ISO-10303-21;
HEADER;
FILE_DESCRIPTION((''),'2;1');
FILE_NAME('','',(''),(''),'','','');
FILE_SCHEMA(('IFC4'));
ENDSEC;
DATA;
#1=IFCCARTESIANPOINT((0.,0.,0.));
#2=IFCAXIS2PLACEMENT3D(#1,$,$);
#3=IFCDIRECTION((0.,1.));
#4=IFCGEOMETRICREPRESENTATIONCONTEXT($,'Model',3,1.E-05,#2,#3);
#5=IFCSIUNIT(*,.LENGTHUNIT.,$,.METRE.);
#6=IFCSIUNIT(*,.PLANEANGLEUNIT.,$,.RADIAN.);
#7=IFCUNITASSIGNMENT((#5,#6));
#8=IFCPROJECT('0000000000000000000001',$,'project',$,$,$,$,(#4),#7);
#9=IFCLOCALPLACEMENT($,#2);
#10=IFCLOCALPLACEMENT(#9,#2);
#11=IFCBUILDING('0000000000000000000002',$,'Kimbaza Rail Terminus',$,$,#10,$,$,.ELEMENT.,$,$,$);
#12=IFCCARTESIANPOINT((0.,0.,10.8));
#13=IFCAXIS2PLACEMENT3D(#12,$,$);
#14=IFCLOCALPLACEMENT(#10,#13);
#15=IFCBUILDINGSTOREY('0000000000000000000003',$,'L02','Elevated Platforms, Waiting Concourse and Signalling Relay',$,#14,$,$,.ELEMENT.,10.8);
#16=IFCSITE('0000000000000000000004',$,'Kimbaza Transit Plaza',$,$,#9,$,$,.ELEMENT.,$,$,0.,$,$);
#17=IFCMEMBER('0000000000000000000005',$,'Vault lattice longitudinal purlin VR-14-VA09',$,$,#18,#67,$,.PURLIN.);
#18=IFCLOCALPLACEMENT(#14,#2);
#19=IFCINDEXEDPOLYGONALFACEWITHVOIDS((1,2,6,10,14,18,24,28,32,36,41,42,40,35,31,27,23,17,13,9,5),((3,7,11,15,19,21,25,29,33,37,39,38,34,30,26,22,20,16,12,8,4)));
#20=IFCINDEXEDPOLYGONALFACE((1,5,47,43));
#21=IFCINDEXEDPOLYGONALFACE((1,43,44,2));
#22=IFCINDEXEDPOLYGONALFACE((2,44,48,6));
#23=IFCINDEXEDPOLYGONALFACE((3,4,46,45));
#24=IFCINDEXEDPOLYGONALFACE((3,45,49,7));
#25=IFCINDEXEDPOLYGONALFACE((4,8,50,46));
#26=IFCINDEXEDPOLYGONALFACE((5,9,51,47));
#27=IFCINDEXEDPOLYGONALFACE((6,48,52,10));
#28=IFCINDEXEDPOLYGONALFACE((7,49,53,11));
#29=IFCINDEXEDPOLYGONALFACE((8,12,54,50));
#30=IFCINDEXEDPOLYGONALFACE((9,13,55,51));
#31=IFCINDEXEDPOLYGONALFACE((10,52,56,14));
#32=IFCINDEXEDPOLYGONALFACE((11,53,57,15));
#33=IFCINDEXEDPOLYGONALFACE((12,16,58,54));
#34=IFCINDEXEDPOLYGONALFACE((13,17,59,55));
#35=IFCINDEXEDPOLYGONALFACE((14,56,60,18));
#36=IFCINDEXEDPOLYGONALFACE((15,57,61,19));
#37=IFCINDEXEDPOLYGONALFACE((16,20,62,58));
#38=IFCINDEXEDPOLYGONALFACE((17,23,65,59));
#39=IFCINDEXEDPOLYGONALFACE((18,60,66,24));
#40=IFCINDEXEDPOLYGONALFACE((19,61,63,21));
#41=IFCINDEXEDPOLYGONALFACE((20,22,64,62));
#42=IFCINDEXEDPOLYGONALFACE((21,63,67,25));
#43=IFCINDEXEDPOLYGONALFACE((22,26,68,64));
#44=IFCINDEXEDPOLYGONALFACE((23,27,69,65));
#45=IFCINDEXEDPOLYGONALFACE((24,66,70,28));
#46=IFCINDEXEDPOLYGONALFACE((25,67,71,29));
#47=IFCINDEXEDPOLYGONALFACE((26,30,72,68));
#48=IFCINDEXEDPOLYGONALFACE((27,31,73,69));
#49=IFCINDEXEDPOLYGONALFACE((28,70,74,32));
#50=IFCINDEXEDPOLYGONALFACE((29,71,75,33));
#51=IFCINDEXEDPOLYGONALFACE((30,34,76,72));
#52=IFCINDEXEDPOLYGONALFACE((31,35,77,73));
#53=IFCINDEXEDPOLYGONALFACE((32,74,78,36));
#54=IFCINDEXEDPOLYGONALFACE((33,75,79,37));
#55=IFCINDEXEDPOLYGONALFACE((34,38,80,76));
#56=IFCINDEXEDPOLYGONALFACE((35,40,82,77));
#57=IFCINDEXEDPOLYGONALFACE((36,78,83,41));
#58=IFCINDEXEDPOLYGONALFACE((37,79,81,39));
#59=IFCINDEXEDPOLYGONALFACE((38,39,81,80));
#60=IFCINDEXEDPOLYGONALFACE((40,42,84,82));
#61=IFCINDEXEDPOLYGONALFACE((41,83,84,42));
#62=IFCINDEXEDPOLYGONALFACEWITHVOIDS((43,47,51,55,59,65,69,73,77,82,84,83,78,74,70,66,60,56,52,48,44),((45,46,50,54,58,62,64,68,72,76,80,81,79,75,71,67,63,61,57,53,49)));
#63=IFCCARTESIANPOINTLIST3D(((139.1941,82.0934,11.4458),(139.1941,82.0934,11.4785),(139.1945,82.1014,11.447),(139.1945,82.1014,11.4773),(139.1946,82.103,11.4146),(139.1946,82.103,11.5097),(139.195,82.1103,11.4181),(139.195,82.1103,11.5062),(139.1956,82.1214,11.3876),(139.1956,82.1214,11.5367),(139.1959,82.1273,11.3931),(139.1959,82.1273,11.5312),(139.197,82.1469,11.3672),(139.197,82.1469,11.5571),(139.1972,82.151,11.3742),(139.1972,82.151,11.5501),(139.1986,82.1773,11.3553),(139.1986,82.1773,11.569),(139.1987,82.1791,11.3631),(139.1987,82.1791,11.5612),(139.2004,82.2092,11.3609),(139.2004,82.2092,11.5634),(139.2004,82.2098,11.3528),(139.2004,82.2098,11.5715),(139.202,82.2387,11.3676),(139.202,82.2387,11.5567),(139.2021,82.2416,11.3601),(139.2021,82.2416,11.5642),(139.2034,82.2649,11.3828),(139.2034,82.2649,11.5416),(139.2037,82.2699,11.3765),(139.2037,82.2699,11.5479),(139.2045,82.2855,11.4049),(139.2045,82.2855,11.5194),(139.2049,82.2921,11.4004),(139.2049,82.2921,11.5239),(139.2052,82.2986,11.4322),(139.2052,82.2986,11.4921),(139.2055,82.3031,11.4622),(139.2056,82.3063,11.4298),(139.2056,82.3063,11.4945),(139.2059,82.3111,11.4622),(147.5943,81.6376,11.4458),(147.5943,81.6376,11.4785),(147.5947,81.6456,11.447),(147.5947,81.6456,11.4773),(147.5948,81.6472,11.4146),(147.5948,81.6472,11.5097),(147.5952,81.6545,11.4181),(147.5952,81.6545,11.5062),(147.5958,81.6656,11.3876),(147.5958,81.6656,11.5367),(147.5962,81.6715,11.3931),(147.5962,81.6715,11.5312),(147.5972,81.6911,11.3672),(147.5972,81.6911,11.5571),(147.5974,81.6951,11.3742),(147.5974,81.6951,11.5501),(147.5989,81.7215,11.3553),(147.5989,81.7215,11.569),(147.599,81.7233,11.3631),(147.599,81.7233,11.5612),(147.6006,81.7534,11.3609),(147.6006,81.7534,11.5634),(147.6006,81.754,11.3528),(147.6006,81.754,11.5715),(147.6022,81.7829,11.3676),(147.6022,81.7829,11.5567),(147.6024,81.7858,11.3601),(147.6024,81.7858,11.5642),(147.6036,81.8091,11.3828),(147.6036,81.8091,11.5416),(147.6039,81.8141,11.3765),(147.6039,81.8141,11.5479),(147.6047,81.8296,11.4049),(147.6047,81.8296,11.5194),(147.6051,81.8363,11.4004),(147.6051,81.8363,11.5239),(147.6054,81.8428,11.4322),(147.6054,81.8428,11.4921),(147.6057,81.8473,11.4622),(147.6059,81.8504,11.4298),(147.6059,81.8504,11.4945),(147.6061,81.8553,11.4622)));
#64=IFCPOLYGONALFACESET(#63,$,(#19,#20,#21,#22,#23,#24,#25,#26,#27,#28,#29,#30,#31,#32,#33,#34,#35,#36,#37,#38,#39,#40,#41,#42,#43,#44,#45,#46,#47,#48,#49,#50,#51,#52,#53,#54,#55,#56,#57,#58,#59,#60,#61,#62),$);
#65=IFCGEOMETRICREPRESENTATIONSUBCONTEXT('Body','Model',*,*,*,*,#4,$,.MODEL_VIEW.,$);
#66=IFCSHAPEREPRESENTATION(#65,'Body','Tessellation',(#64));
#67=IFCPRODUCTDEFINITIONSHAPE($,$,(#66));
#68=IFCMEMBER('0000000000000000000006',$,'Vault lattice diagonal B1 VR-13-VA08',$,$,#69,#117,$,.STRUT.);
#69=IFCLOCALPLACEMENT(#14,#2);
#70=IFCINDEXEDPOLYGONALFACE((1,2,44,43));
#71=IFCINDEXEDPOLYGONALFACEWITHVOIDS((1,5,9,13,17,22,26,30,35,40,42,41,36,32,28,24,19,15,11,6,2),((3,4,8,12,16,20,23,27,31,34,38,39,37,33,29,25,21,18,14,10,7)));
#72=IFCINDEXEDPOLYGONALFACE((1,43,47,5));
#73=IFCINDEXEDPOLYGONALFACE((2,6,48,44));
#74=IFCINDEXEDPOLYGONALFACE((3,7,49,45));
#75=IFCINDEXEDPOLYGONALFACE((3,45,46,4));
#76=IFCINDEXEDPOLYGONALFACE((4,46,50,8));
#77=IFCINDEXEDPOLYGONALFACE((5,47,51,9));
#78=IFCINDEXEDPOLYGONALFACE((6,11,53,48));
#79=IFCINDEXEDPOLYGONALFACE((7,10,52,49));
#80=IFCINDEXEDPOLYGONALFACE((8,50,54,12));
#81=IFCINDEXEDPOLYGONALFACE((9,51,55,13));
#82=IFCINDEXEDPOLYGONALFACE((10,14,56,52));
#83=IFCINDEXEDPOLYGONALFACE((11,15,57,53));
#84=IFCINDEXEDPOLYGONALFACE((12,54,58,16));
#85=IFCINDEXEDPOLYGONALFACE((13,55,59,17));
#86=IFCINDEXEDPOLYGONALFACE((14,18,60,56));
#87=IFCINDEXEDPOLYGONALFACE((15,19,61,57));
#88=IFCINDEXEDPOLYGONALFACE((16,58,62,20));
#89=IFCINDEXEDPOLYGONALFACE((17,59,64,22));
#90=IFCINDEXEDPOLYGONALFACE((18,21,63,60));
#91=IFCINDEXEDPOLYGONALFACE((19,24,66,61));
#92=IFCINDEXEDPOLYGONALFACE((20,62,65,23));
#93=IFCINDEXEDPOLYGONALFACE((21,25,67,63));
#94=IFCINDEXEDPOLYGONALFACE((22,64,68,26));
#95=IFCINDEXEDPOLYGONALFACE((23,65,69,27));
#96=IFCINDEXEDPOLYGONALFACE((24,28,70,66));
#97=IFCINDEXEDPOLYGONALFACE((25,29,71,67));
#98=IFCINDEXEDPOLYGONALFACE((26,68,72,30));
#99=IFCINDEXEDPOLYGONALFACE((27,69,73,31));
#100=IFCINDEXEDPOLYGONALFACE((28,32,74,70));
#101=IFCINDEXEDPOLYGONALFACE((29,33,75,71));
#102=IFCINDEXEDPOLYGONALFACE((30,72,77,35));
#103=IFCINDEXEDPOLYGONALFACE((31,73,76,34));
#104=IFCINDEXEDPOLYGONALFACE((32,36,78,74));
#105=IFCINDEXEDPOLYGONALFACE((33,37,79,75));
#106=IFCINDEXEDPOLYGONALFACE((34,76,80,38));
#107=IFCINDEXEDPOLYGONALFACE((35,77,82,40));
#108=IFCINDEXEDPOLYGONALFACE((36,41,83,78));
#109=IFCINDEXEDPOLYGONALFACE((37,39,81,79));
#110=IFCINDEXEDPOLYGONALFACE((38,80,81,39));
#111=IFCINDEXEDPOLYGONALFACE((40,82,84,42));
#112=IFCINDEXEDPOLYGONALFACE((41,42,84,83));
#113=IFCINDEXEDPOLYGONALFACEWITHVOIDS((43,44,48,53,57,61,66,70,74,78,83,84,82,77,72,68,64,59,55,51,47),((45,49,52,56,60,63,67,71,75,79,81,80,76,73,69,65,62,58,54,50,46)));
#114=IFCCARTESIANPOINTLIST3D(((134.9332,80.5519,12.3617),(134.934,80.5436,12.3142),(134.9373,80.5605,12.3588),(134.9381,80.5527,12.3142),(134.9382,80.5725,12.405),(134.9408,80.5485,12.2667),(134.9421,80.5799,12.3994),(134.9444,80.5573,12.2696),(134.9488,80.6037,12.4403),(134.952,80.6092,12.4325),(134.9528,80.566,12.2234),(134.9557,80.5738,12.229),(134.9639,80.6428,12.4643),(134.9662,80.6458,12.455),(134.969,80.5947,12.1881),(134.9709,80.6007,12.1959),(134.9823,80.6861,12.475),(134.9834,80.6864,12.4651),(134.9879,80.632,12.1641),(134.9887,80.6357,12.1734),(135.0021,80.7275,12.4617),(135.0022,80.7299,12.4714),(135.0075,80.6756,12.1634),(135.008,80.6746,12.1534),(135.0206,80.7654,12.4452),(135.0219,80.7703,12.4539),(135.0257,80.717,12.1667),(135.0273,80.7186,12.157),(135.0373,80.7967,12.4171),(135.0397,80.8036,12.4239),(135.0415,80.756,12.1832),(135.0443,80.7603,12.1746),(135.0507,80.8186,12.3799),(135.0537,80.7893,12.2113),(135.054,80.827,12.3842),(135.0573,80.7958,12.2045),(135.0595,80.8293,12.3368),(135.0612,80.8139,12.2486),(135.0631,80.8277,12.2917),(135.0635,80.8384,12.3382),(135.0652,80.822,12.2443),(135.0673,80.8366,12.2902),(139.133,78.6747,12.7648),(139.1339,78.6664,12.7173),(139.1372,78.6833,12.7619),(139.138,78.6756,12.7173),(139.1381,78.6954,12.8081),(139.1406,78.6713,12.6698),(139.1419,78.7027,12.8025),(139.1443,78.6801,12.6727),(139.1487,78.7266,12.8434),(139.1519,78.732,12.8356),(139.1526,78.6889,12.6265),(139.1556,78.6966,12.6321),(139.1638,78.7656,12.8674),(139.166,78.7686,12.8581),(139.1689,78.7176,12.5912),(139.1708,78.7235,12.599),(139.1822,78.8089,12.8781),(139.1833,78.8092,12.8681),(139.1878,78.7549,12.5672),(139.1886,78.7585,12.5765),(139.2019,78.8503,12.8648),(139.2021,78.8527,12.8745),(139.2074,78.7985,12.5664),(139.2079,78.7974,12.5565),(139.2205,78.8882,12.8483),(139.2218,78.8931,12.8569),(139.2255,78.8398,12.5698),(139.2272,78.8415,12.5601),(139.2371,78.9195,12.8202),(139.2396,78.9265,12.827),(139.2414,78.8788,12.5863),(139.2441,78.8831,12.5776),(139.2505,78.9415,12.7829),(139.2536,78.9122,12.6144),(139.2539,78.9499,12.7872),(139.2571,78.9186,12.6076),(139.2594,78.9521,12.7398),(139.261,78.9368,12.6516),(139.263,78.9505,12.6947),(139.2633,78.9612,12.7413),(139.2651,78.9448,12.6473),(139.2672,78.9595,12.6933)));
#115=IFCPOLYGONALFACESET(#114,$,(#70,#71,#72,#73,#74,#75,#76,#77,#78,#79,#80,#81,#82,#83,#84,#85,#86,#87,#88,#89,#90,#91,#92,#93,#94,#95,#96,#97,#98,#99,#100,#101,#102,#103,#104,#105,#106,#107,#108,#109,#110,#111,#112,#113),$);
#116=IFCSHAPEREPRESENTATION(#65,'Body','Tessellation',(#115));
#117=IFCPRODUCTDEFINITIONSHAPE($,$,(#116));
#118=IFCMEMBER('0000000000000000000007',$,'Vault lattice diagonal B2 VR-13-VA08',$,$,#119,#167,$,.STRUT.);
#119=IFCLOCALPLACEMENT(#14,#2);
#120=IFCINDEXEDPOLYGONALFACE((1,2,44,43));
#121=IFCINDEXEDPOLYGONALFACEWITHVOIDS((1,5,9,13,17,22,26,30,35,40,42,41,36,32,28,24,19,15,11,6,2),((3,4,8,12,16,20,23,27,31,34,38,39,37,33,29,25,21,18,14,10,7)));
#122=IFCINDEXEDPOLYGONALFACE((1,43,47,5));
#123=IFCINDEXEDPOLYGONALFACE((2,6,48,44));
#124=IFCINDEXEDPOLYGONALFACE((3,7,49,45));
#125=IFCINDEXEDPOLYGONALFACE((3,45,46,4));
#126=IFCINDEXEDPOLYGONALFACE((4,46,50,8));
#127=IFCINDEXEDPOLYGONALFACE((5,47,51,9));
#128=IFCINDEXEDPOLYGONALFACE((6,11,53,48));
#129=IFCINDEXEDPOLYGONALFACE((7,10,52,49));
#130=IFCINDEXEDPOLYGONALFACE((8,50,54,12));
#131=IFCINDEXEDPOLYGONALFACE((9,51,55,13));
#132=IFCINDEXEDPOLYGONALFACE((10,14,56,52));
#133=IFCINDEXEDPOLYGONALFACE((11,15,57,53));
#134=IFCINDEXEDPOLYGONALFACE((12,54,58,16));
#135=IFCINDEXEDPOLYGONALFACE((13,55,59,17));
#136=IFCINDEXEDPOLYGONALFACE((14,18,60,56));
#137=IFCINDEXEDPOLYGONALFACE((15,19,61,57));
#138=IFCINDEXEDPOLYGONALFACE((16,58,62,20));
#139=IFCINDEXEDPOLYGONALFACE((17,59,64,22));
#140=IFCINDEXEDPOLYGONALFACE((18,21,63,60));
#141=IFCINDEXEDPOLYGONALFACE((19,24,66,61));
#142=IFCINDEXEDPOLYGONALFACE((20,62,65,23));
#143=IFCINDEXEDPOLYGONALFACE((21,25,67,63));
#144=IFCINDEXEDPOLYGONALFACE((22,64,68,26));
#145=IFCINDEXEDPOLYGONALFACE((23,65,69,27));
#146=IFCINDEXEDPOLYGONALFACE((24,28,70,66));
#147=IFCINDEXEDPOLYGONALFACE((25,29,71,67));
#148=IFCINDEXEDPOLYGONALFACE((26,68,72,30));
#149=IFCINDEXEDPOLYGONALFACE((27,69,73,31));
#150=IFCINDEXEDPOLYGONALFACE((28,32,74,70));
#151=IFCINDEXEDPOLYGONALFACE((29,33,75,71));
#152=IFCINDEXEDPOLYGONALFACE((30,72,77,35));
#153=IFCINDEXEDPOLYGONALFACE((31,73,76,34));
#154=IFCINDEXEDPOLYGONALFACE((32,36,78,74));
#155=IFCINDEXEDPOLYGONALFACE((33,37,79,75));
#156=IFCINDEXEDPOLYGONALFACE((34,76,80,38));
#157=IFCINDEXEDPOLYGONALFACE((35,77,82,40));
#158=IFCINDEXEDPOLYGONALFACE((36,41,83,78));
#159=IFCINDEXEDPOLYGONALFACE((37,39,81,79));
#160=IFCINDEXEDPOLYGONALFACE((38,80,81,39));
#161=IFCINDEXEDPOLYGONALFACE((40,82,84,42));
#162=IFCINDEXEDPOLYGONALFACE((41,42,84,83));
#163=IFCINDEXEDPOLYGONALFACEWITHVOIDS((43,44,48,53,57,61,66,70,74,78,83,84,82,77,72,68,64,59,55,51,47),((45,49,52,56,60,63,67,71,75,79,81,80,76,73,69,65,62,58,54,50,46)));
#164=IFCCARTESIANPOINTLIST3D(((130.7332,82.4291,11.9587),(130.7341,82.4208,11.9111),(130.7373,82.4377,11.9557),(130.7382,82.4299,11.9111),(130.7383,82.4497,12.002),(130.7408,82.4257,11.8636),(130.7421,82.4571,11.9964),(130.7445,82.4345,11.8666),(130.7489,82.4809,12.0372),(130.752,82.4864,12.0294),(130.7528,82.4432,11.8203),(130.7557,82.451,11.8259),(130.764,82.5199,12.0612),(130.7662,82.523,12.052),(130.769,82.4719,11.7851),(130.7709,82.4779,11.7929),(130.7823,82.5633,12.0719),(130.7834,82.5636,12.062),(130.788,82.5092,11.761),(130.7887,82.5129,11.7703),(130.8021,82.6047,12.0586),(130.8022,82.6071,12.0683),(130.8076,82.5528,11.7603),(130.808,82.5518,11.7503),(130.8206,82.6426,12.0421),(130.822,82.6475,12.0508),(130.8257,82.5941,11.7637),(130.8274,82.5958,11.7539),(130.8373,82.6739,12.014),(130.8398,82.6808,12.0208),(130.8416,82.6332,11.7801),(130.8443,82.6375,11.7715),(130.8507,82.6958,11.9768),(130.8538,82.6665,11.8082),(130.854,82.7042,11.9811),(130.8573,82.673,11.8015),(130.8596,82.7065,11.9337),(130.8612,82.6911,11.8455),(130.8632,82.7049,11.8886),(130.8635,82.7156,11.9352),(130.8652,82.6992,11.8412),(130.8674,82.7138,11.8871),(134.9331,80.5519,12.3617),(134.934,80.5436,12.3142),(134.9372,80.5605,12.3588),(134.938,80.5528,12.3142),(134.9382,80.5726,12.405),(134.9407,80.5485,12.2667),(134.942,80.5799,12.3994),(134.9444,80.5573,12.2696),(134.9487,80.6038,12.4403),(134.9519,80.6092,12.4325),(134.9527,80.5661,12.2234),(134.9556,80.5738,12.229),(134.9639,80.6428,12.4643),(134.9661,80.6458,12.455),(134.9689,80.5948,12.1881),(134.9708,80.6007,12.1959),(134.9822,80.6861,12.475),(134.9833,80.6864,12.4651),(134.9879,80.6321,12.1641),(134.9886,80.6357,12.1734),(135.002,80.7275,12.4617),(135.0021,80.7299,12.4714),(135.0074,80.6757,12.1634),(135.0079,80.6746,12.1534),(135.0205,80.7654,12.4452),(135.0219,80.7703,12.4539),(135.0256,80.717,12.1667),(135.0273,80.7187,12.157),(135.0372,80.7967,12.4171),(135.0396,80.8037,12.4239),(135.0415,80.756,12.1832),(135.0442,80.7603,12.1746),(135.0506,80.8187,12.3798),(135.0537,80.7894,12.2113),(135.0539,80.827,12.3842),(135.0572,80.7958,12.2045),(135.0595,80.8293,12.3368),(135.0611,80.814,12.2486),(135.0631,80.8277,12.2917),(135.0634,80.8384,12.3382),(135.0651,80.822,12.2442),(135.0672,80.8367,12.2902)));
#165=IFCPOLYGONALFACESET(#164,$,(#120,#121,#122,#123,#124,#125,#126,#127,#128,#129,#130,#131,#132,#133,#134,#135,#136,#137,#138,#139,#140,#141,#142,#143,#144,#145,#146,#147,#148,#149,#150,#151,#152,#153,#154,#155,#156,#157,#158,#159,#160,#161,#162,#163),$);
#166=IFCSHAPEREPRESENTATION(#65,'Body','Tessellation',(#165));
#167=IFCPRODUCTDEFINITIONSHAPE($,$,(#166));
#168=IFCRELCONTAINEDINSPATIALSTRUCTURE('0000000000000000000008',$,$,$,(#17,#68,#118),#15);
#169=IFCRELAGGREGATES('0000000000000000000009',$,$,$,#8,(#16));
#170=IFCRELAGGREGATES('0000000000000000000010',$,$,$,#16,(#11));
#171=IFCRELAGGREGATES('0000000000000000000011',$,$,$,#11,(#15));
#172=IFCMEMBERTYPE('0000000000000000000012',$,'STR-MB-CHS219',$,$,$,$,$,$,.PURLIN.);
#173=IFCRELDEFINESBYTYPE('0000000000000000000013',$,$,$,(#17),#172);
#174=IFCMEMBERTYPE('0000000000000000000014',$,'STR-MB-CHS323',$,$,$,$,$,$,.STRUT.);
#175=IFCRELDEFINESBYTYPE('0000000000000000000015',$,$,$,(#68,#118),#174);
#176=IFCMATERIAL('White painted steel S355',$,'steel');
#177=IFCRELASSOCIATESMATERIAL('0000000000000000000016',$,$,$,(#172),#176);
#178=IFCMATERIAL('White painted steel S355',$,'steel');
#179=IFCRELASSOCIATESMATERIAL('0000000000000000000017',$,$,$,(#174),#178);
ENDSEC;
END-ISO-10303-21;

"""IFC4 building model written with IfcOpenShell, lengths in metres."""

from ifc_helpers import new_model, si_unit, direction, frame, origin, origin_2d, place, context, subcontext, project, spatial, hollow_circle, extrude, material, material_profile, profile_set, type_object, element, save


model = new_model("IFC4")

# Units and contexts
model_context = context("Model", 3, precision=1e-05, world=origin(), true_north=direction((0.0, 1.0)))
body_context = subcontext(model_context, "Body", "Model", "MODEL_VIEW")
ifc_project = project(units=[si_unit("LENGTHUNIT", "METRE"), si_unit("PLANEANGLEUNIT", "RADIAN")], contexts=[model_context])

# Site, building, storey
site_placement = place(None, origin())
site = spatial("IfcSite", under=ifc_project, at=site_placement, Name="Kimbaza Transit Plaza", CompositionType="ELEMENT", RefElevation=0.0)
building_placement = place(site_placement, origin())
building = spatial("IfcBuilding", under=site, at=building_placement, Name="Kimbaza Rail Terminus", CompositionType="ELEMENT")
storey_placement = place(building_placement, frame((0.0, 0.0, 10.8)))
storey = spatial("IfcBuildingStorey", under=building, at=storey_placement, Name="L02", Description="Elevated Platforms, Waiting Concourse and Signalling Relay", CompositionType="ELEMENT", Elevation=10.8)

# Members
ifc_material_1 = material(Name="White painted steel S355", Category="steel")
ifc_material_profile_1 = material_profile(ifc_material_1, hollow_circle(Radius=0.1096, WallThickness=0.0081, at=origin_2d()), Name="CHS 219.1x8")
ifc_profile_set_1 = profile_set([ifc_material_profile_1], Name="White painted steel S355")
member_type_1 = type_object("IfcMemberType", Name="STR-MB-CHS219", PredefinedType="PURLIN", material=ifc_profile_set_1)
for number, where, z_axis, x_axis, name in (
    (1, (139.2, 82.2017, 11.4622), (0.998531, -0.054183, 0.0), (0.054183, 0.998531, 0.0), "Vault lattice longitudinal purlin VR-14-VA09"),
):
    element("IfcMember", number, at=place(storey_placement, frame(where, z_axis=z_axis, x_axis=x_axis)), inside=storey, type_object=member_type_1, Name=name, PredefinedType="PURLIN", context=body_context, shape_type="SweptSolid", body=[
        extrude(hollow_circle(Radius=0.1096, WallThickness=0.0081, at=origin_2d()), origin(), (0.0, 0.0, 1.0), 8.4126),
    ])
ifc_material_2 = material(Name="White painted steel S355", Category="steel")
ifc_material_profile_2 = material_profile(ifc_material_2, hollow_circle(Radius=0.1619, WallThickness=0.01, at=origin_2d()), Name="CHS 323.9x10")
ifc_profile_set_2 = profile_set([ifc_material_profile_2], Name="White painted steel S355")
member_type_2 = type_object("IfcMemberType", Name="STR-MB-CHS323", PredefinedType="STRUT", material=ifc_profile_set_2)
for number, where, z_axis, x_axis, name in (
    (2, (139.2, 78.8142, 12.7173), (-0.909474, 0.406496, -0.087284), (-0.408053, -0.912958, 0.0), "Vault lattice diagonal B1 VR-13-VA08"),
    (3, (135.0, 80.6914, 12.3142), (-0.909474, 0.406496, -0.087284), (-0.408053, -0.912958, 0.0), "Vault lattice diagonal B2 VR-13-VA08"),
):
    element("IfcMember", number, at=place(storey_placement, frame(where, z_axis=z_axis, x_axis=x_axis)), inside=storey, type_object=member_type_2, Name=name, PredefinedType="STRUT", context=body_context, shape_type="SweptSolid", body=[
        extrude(hollow_circle(Radius=0.1619, WallThickness=0.01, at=origin_2d()), origin(), (0.0, 0.0, 1.0), 4.6179),
    ])

save(model, "model.ifc")
